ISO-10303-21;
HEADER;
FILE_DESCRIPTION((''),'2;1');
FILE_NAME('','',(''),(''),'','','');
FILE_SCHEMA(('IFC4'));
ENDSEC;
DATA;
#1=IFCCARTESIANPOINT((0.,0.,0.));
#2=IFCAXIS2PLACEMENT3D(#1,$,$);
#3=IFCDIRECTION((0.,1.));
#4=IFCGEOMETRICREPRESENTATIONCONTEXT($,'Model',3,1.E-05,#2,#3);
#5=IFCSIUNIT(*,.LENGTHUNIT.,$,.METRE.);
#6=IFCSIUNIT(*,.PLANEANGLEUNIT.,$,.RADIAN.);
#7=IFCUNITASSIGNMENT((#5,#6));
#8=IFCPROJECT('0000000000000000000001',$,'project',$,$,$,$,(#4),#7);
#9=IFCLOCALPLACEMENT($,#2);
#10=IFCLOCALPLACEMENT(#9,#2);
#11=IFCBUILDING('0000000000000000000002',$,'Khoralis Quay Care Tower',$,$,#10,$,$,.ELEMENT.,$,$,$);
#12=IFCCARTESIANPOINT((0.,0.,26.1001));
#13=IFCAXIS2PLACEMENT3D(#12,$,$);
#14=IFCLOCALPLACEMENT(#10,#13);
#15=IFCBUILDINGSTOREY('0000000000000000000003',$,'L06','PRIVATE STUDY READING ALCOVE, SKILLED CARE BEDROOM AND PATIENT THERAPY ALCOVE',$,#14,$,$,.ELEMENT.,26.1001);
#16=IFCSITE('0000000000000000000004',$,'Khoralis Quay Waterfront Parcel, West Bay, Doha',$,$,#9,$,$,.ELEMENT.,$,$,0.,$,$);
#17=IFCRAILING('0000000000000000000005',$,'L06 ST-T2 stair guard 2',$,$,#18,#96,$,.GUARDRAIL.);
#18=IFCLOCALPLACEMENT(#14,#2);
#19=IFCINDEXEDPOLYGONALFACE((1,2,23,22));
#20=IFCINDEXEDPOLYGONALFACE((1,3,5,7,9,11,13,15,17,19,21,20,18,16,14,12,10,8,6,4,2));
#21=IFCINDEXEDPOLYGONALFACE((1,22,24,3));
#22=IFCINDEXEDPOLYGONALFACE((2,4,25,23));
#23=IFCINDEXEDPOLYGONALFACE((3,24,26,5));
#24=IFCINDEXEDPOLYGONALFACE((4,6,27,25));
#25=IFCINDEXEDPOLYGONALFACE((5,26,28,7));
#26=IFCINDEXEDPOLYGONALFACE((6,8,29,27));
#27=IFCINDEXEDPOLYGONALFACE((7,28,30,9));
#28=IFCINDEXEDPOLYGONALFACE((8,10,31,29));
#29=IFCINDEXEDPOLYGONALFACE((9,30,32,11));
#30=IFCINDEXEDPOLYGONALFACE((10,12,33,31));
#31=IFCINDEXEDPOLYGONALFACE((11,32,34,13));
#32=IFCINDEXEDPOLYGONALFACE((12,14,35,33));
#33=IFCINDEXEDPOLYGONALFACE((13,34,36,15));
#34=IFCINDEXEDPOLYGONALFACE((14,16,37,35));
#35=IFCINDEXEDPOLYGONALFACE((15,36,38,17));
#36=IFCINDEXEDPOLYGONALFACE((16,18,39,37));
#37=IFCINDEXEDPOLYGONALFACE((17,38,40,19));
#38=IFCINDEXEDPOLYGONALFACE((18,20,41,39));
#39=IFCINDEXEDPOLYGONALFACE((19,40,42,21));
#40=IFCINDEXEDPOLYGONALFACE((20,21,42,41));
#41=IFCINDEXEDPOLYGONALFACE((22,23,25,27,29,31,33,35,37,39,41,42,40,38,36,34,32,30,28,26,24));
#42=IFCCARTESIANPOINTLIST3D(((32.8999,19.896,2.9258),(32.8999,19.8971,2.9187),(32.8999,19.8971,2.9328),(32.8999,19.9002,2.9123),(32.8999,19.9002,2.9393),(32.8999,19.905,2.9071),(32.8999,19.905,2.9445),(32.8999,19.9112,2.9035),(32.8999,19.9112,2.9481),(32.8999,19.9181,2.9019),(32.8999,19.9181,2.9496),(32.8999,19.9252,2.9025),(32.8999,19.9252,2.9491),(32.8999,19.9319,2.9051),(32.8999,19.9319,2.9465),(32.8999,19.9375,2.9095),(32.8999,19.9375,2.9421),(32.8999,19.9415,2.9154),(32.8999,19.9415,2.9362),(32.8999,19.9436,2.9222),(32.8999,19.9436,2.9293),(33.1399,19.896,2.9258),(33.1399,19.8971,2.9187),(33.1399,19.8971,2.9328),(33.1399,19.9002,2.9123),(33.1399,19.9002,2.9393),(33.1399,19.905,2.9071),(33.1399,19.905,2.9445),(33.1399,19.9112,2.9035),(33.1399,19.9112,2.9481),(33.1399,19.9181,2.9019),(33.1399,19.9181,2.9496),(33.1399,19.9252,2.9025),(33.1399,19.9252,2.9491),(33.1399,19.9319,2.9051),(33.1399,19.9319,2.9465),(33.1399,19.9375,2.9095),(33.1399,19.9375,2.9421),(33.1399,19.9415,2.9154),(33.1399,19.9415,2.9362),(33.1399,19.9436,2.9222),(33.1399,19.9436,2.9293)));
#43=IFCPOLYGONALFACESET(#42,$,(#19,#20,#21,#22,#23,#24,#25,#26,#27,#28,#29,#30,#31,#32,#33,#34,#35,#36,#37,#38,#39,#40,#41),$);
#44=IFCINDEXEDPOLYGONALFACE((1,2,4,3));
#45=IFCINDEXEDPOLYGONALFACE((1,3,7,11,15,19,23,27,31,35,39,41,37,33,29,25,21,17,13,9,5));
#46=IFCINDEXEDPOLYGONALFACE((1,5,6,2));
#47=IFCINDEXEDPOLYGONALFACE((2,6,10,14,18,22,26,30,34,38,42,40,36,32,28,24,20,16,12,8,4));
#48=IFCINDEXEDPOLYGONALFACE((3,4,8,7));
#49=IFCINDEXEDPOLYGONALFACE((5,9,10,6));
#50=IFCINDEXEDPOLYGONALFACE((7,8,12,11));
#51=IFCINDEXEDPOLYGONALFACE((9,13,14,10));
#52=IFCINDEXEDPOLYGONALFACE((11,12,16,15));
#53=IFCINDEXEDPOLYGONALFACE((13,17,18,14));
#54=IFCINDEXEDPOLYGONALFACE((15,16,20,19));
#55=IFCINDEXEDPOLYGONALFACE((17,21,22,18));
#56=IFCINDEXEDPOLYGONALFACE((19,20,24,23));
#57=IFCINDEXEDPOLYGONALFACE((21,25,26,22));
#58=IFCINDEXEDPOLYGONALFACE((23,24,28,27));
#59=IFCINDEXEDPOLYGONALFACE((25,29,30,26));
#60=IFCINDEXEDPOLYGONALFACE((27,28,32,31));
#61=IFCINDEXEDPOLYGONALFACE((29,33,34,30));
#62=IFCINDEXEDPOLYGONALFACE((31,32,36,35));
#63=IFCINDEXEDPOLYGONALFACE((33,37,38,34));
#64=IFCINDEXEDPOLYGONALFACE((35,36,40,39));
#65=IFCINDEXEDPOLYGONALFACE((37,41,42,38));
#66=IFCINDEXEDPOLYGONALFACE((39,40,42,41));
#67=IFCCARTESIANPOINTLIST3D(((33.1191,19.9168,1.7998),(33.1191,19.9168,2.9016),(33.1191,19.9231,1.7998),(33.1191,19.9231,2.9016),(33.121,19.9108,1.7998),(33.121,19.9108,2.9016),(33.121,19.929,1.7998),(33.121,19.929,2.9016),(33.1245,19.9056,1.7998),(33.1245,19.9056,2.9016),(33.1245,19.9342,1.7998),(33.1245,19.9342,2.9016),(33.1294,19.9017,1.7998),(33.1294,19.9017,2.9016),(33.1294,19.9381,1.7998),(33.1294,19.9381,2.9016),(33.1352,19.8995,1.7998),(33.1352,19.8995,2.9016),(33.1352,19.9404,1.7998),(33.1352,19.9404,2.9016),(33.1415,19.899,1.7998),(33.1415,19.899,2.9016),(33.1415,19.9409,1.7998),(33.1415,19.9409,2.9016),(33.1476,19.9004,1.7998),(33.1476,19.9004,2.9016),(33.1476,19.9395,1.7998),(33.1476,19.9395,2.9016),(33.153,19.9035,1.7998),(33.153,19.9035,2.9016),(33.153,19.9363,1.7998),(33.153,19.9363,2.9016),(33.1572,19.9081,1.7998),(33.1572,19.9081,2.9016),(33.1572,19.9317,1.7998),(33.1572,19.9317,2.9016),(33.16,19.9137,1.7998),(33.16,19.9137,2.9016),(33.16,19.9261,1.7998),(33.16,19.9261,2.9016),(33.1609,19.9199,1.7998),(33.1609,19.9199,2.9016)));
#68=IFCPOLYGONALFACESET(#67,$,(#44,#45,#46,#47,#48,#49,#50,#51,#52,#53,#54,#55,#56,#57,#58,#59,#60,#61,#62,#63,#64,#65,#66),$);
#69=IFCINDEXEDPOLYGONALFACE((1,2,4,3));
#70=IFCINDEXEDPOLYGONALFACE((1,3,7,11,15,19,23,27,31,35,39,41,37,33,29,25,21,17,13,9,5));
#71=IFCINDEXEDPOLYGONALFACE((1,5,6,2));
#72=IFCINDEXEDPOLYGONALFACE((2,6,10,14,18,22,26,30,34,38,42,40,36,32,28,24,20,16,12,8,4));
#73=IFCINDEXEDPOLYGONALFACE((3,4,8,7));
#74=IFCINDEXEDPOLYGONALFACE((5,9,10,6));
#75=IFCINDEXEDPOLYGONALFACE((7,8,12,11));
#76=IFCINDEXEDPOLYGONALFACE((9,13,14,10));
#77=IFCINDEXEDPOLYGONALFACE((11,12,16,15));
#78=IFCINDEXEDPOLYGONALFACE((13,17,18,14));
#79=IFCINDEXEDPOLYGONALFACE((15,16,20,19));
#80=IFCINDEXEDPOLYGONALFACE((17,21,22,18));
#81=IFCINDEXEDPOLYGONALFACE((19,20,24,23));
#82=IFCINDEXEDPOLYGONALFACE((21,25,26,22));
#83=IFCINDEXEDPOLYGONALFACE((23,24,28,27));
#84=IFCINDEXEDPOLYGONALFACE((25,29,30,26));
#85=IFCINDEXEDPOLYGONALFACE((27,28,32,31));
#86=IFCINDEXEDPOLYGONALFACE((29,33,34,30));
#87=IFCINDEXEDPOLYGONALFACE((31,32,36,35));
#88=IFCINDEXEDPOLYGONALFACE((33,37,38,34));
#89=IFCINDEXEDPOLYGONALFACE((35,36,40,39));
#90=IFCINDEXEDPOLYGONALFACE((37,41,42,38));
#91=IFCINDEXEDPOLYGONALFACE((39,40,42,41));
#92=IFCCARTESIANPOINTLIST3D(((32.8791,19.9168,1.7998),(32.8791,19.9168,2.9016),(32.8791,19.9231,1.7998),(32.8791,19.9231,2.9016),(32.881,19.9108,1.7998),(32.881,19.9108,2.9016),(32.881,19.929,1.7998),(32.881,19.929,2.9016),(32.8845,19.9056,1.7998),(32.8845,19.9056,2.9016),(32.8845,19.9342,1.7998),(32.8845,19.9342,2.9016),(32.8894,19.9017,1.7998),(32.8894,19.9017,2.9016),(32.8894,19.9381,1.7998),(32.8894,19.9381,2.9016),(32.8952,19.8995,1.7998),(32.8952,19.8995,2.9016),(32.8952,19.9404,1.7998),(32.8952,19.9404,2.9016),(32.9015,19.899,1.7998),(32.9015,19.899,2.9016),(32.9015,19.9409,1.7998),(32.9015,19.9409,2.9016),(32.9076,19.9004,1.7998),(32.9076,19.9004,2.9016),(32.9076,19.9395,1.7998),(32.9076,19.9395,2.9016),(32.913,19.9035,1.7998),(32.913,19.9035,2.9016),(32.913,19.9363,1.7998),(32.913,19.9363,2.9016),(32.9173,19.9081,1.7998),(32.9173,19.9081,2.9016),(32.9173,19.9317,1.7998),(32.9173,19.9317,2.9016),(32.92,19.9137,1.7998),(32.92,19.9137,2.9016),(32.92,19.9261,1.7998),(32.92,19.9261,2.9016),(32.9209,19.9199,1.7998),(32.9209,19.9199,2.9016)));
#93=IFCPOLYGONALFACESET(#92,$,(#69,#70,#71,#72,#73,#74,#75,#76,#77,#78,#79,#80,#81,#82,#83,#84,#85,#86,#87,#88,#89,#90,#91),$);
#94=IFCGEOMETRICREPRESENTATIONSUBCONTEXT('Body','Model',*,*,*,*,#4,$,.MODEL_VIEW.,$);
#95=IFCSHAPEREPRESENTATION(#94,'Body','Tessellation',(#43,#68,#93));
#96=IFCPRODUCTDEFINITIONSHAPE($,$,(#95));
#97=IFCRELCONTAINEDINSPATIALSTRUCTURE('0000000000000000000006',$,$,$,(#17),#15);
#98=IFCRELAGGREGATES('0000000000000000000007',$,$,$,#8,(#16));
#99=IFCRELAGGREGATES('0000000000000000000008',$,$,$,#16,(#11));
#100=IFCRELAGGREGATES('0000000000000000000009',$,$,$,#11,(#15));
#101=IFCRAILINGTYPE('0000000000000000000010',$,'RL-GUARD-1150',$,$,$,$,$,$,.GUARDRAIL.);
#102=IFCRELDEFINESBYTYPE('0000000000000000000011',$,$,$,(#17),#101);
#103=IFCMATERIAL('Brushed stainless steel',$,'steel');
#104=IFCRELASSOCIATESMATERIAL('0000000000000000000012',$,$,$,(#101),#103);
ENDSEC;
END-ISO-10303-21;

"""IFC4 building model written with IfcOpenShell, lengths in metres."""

from ifc_helpers import new_model, si_unit, direction, frame, origin, origin_2d, place, context, subcontext, project, spatial, circle, extrude, material, type_object, element, save


model = new_model("IFC4")

# Units and contexts
model_context = context("Model", 3, precision=1e-05, world=origin(), true_north=direction((0.0, 1.0)))
body_context = subcontext(model_context, "Body", "Model", "MODEL_VIEW")
ifc_project = project(units=[si_unit("LENGTHUNIT", "METRE"), si_unit("PLANEANGLEUNIT", "RADIAN")], contexts=[model_context])

# Site, building, storey
site_placement = place(None, origin())
site = spatial("IfcSite", under=ifc_project, at=site_placement, Name="Khoralis Quay Waterfront Parcel, West Bay, Doha", CompositionType="ELEMENT", RefElevation=0.0)
building_placement = place(site_placement, origin())
building = spatial("IfcBuilding", under=site, at=building_placement, Name="Khoralis Quay Care Tower", CompositionType="ELEMENT")
storey_placement = place(building_placement, frame((0.0, 0.0, 26.1001)))
storey = spatial("IfcBuildingStorey", under=building, at=storey_placement, Name="L06", Description="PRIVATE STUDY READING ALCOVE, SKILLED CARE BEDROOM AND PATIENT THERAPY ALCOVE", CompositionType="ELEMENT", Elevation=26.1001)

# Shared definitions
ifc_material_1 = material(Name="Brushed stainless steel", Category="steel")

# Railing
railing_type_1 = type_object("IfcRailingType", Name="RL-GUARD-1150", PredefinedType="GUARDRAIL", material=ifc_material_1)
railing_1_placement = place(storey_placement, frame((33.1399, 19.9199, 1.7998)))
element("IfcRailing", 1, at=railing_1_placement, inside=storey, type_object=railing_type_1, Name="L06 ST-T2 stair guard 2", PredefinedType="GUARDRAIL", context=body_context, shape_type="SweptSolid", body=[
    extrude(circle(Radius=0.0239, at=origin_2d()), frame((0.0, 0.0, 1.126), z_axis=(-1.0, 0.0, 0.0), x_axis=(0.0, -1.0, 0.0)), (0.0, 0.0, 1.0), 0.24),
    extrude(circle(Radius=0.021, at=origin_2d()), origin(), (0.0, 0.0, 1.0), 1.1018),
    extrude(circle(Radius=0.021, at=origin_2d()), frame((-0.24, 0.0, 0.0)), (0.0, 0.0, 1.0), 1.1018),
])

save(model, "model.ifc")
